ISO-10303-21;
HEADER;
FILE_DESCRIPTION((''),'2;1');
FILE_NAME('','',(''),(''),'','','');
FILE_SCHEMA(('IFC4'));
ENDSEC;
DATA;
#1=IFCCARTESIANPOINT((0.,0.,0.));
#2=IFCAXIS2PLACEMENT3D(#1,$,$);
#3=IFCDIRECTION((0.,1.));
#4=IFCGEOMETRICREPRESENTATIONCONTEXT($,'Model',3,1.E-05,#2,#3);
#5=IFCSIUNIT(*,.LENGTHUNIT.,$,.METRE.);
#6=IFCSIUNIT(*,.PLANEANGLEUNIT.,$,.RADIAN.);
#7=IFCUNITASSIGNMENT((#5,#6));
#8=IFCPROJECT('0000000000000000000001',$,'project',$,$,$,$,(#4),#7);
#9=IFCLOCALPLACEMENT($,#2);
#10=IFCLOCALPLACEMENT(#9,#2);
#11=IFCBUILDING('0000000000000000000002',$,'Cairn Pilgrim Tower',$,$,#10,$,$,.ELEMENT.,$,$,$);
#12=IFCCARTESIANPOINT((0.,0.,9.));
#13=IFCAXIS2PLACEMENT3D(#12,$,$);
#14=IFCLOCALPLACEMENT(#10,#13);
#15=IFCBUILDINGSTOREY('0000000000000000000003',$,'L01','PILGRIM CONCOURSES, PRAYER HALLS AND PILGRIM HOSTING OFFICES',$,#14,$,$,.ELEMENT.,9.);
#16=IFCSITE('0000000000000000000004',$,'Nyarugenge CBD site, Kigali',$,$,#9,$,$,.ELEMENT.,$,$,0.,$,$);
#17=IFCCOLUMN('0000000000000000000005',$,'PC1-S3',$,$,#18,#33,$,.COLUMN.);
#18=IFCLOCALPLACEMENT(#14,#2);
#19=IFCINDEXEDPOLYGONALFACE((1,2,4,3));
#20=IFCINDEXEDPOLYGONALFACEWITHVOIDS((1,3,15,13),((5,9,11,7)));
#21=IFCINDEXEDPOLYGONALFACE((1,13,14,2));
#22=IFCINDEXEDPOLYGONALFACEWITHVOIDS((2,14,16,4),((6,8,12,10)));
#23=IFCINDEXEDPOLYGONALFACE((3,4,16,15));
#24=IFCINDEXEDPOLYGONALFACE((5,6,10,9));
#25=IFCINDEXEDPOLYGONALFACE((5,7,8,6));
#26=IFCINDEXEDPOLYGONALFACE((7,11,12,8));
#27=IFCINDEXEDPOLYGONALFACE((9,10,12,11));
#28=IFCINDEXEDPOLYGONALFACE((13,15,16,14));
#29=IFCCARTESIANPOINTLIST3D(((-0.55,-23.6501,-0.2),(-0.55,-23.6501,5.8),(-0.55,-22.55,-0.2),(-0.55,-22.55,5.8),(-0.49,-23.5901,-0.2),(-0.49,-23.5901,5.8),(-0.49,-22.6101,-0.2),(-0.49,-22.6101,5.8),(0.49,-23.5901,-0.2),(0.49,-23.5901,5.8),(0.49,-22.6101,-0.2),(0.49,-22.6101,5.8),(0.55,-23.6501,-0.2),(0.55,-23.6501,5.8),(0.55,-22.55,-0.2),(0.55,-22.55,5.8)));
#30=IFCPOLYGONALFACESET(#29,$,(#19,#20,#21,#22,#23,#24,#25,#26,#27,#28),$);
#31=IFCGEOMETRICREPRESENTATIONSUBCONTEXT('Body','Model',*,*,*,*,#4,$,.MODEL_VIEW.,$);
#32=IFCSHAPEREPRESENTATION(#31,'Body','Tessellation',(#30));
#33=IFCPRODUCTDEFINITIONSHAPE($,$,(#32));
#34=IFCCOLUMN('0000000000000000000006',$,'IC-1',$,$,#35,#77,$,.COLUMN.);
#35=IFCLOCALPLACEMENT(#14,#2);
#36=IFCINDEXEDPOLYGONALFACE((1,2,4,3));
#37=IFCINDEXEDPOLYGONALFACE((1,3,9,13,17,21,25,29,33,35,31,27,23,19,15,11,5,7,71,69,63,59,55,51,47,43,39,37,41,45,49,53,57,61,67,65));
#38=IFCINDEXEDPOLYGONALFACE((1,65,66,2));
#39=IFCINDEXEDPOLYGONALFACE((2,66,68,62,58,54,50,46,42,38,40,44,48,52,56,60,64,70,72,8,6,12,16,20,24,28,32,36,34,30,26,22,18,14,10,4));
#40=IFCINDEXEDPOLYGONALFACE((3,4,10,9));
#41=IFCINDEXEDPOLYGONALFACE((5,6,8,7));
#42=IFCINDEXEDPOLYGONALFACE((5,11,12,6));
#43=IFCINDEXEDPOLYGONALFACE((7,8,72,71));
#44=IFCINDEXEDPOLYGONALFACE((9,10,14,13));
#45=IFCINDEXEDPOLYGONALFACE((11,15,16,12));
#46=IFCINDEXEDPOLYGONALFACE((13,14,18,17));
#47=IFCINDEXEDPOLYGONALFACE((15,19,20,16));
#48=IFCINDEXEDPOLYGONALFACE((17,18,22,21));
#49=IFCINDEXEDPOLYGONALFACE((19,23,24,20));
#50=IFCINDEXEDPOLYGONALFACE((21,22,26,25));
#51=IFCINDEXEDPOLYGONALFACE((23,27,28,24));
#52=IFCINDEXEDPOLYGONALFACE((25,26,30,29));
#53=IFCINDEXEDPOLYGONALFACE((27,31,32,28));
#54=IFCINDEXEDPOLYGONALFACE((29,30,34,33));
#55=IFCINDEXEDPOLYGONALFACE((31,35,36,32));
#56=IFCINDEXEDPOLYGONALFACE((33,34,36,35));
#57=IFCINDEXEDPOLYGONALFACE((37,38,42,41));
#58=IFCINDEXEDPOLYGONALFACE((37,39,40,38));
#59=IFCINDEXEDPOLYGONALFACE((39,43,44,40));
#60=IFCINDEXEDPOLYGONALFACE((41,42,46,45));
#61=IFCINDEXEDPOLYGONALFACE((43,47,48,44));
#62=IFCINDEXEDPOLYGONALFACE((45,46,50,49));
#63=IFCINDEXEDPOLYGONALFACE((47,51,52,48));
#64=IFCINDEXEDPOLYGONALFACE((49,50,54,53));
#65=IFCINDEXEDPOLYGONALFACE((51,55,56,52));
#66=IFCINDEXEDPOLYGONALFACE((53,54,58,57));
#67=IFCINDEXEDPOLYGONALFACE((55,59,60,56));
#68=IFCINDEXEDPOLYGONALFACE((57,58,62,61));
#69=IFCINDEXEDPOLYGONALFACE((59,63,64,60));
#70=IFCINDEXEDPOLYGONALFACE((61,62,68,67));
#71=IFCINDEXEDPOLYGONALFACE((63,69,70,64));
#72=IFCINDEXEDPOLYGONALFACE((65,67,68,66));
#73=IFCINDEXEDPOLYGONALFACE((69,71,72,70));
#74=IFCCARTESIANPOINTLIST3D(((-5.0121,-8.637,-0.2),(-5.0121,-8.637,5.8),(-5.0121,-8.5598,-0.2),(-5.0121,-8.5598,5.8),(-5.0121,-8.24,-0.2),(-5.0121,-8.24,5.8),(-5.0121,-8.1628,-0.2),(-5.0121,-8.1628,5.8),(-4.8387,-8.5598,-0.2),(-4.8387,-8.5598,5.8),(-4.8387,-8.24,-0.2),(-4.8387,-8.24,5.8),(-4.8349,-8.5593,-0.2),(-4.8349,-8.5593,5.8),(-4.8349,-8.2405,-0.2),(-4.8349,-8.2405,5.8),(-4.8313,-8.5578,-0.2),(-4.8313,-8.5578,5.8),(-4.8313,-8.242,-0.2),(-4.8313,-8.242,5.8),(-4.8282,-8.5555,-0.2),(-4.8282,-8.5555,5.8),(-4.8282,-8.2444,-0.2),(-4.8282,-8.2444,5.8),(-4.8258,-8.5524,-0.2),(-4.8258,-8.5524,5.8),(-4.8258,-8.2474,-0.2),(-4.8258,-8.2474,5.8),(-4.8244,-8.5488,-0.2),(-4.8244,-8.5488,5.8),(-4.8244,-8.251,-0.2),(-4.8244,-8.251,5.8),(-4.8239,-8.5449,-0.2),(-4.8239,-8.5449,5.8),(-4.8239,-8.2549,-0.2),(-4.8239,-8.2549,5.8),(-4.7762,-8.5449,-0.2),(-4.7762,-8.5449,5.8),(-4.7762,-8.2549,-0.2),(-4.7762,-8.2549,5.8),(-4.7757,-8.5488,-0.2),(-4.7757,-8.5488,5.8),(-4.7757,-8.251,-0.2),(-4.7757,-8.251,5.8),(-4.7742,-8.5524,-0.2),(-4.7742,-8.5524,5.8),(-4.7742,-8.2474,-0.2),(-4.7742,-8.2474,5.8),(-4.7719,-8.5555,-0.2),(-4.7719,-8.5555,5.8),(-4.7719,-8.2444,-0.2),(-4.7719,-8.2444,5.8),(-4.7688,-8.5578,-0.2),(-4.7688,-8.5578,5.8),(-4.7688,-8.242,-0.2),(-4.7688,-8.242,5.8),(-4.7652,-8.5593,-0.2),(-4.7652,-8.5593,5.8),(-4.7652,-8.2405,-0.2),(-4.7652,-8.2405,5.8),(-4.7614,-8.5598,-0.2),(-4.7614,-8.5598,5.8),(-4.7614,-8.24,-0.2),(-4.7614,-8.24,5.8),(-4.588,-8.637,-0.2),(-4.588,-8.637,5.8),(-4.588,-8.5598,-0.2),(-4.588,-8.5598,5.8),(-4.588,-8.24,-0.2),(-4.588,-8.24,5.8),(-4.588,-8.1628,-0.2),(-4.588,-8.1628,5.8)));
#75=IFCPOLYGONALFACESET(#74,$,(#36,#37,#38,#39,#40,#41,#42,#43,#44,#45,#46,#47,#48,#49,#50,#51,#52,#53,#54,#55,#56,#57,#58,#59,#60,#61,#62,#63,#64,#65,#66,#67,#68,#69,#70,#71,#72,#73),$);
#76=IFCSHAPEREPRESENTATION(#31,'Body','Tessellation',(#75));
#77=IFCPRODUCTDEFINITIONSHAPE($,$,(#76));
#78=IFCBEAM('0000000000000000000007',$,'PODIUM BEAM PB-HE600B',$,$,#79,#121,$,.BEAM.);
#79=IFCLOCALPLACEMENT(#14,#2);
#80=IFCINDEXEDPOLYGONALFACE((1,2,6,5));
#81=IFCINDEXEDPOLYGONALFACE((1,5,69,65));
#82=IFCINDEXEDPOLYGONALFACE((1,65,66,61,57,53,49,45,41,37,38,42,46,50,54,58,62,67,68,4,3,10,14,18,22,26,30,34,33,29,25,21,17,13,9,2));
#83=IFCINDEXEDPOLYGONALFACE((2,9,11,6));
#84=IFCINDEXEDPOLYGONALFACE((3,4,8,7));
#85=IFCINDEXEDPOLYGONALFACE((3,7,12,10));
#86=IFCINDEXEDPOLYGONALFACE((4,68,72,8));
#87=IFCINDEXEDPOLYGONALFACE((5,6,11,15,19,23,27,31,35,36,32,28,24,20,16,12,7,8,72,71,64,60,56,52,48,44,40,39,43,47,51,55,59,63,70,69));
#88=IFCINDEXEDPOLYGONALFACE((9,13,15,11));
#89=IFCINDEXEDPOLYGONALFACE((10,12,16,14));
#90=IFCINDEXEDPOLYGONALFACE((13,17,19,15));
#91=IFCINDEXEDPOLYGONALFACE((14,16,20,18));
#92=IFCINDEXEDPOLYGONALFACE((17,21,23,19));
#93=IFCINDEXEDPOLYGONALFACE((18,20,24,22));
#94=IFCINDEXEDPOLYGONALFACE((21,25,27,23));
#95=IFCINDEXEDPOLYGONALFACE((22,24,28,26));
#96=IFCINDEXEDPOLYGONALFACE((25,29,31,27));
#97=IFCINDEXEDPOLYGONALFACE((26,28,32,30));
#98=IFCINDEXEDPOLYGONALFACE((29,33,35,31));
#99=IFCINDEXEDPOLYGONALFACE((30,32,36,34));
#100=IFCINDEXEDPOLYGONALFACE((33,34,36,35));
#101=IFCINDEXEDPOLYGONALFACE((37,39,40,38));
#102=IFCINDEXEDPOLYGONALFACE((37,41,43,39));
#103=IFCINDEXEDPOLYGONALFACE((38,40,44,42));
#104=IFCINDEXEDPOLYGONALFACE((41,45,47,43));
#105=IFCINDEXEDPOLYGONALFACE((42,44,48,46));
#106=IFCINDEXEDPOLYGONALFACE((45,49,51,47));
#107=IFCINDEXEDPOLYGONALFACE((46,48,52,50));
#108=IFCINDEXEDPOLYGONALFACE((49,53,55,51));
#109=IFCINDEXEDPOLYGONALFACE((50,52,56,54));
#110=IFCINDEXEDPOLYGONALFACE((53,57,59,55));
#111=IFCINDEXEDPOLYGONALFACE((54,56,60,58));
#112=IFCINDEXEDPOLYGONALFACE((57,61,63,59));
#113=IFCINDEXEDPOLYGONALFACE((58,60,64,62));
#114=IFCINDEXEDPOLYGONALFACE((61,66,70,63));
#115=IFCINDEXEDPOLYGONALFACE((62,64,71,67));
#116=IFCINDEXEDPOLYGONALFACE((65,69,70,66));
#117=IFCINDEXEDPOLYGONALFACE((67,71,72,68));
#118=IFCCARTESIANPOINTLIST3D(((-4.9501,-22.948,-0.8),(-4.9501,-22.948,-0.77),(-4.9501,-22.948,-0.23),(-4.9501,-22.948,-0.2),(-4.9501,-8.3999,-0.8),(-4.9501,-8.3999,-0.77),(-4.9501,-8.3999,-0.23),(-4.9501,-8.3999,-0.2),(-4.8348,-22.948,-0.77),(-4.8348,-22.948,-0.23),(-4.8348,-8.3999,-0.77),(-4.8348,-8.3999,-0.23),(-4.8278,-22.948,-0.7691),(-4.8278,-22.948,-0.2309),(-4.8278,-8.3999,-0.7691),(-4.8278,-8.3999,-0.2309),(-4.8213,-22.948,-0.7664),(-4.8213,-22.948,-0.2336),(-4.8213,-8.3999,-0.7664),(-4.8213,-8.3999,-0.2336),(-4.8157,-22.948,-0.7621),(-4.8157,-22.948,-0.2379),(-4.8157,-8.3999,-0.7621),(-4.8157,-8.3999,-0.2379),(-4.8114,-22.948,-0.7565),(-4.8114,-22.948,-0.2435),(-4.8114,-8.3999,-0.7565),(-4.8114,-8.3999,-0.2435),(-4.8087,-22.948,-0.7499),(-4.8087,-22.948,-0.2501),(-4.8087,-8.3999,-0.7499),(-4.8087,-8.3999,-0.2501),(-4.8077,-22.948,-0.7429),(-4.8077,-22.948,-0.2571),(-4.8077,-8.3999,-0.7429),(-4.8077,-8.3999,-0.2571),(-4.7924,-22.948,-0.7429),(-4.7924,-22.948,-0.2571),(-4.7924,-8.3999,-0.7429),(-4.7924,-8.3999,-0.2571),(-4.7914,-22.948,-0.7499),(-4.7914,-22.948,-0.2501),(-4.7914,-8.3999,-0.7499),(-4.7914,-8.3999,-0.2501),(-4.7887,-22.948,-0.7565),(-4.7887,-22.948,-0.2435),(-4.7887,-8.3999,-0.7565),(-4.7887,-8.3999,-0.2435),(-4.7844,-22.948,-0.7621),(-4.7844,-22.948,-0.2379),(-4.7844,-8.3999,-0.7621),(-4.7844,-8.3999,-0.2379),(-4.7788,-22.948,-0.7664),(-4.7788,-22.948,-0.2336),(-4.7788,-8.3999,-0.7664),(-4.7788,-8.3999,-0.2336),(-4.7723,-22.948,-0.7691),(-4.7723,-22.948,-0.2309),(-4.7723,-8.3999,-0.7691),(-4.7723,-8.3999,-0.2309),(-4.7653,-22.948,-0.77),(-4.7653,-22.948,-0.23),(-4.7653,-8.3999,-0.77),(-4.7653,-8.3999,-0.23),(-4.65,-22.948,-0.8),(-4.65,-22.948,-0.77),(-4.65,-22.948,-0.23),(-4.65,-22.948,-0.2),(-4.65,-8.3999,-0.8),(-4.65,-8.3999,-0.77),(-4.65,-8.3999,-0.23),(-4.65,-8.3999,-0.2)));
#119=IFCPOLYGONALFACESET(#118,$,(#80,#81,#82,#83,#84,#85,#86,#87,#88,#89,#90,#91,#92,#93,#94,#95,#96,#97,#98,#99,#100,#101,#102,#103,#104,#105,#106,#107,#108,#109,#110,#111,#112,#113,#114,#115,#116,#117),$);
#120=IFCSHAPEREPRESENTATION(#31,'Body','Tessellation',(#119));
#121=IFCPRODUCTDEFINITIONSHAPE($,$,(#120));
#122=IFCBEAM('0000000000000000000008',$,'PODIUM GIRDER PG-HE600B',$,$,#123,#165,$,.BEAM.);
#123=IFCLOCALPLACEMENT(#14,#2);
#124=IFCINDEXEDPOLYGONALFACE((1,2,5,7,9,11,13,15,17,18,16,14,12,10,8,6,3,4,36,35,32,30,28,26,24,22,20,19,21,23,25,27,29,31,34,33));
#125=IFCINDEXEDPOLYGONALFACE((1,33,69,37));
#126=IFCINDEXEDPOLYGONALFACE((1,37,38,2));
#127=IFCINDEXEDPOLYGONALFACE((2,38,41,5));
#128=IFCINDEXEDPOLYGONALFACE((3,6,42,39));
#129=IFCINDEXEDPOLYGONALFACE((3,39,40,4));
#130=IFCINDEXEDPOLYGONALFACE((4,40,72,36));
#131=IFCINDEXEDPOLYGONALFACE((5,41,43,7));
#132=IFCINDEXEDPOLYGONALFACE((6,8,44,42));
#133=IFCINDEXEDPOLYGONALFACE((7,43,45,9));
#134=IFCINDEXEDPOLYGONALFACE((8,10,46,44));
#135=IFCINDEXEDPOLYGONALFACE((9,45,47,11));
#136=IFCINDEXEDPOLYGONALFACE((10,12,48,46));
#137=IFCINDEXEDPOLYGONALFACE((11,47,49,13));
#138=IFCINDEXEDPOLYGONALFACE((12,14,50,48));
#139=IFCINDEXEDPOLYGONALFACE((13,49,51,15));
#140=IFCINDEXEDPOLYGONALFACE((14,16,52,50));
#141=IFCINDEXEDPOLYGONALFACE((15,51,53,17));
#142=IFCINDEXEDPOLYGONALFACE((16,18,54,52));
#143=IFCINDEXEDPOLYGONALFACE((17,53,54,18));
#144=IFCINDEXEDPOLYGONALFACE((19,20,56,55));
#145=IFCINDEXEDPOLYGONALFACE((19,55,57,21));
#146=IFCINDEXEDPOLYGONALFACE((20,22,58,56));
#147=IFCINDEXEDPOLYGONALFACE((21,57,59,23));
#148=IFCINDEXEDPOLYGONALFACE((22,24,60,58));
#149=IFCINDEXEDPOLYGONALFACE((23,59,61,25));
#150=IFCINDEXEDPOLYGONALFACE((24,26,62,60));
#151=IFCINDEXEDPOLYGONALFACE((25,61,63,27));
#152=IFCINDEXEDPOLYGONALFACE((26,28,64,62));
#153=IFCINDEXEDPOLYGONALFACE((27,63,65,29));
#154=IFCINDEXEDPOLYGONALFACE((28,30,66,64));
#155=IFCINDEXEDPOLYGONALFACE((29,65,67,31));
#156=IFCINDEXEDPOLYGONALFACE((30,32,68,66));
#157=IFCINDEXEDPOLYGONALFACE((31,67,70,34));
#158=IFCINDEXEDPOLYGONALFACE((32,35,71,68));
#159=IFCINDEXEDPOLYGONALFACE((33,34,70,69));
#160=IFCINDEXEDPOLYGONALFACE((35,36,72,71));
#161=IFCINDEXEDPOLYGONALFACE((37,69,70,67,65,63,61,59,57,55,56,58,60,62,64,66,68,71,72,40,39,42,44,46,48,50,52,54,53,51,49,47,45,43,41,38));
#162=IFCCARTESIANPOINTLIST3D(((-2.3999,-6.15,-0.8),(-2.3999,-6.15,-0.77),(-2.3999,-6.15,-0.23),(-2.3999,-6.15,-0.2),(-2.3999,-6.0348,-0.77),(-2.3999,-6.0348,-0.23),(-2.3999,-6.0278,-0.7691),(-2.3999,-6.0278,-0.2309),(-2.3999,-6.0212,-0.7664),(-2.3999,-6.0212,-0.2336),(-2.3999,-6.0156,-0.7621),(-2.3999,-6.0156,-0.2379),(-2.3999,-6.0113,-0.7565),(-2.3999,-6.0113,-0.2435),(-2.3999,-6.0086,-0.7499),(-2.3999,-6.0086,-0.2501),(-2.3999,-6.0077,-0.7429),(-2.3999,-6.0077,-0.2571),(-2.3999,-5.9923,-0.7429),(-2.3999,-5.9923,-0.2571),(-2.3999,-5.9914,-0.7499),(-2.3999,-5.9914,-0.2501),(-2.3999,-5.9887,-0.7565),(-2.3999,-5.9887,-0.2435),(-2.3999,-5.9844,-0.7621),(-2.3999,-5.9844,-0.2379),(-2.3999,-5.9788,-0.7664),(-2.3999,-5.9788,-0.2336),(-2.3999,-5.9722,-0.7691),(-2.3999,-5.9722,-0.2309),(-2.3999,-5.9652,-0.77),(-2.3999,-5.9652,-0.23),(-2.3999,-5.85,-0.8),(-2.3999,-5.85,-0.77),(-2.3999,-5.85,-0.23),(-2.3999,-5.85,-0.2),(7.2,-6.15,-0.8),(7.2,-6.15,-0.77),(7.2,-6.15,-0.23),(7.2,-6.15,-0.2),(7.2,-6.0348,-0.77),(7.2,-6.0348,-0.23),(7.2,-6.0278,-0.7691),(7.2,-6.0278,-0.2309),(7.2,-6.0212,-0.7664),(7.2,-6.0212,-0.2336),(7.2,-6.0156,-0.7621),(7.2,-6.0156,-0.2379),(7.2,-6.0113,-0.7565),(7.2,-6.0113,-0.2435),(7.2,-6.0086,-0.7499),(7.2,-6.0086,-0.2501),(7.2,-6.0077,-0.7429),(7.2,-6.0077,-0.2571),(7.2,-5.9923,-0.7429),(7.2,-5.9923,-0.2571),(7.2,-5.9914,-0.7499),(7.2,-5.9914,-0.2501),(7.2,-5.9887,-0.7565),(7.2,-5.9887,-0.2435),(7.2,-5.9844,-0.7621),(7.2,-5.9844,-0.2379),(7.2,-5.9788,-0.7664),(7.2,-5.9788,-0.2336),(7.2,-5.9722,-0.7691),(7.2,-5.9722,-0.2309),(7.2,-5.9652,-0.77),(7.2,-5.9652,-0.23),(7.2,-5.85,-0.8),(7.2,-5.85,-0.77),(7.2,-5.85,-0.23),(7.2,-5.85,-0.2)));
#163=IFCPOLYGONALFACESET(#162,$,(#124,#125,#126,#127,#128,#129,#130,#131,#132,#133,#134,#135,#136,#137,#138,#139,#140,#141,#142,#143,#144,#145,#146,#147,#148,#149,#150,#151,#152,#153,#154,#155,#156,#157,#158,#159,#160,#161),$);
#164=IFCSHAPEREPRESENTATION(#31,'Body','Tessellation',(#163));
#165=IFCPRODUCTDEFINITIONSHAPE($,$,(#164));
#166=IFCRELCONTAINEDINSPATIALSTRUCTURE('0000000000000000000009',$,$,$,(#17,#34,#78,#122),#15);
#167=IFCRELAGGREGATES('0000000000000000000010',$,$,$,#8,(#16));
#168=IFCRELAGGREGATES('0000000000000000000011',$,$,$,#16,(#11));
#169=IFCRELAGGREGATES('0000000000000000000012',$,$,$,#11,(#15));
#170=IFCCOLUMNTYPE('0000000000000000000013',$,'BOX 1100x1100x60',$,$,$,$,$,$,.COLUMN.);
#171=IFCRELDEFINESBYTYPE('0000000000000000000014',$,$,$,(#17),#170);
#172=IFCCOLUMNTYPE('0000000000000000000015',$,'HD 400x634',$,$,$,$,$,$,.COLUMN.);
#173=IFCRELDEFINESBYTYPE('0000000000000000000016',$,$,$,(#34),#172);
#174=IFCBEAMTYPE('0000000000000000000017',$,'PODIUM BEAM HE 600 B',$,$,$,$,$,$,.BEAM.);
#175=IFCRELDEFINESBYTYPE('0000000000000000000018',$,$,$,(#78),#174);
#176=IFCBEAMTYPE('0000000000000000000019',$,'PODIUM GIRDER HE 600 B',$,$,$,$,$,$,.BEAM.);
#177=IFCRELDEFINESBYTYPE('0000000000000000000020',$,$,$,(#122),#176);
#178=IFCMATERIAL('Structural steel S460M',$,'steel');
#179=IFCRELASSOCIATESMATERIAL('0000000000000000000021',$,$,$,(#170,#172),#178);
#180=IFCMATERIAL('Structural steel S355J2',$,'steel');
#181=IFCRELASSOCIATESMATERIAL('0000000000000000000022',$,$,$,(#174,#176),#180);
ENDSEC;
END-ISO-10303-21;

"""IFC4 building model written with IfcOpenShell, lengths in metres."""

from ifc_helpers import new_model, si_unit, direction, frame, origin, origin_2d, place, context, subcontext, project, spatial, hollow_rectangle, i_section, extrude, material, material_profile, profile_set, type_object, element, save


model = new_model("IFC4")

# Units and contexts
model_context = context("Model", 3, precision=1e-05, world=origin(), true_north=direction((0.0, 1.0)))
body_context = subcontext(model_context, "Body", "Model", "MODEL_VIEW")
ifc_project = project(units=[si_unit("LENGTHUNIT", "METRE"), si_unit("PLANEANGLEUNIT", "RADIAN")], contexts=[model_context])

# Site, building, storey
site_placement = place(None, origin())
site = spatial("IfcSite", under=ifc_project, at=site_placement, Name="Nyarugenge CBD site, Kigali", CompositionType="ELEMENT", RefElevation=0.0)
building_placement = place(site_placement, origin())
building = spatial("IfcBuilding", under=site, at=building_placement, Name="Cairn Pilgrim Tower", CompositionType="ELEMENT")
storey_placement = place(building_placement, frame((0.0, 0.0, 9.0)))
storey = spatial("IfcBuildingStorey", under=building, at=storey_placement, Name="L01", Description="PILGRIM CONCOURSES, PRAYER HALLS AND PILGRIM HOSTING OFFICES", CompositionType="ELEMENT", Elevation=9.0)

# Columns
ifc_material_1 = material(Name="Structural steel S460M", Category="steel")
ifc_material_profile_1 = material_profile(ifc_material_1, hollow_rectangle(XDim=1.1001, YDim=1.1001, WallThickness=0.0601, at=origin_2d()), Name="BOX 1100x1100x60")
ifc_profile_set_1 = profile_set([ifc_material_profile_1], Name="Structural steel S460M")
column_type_1 = type_object("IfcColumnType", Name="BOX 1100x1100x60", PredefinedType="COLUMN", material=ifc_profile_set_1)
column_1_placement = place(storey_placement, frame((0.0, -23.1001, -0.2), z_axis=(0.0, 0.0, 1.0), x_axis=(1.0, 0.0, 0.0)))
element("IfcColumn", 1, at=column_1_placement, inside=storey, type_object=column_type_1, Name="PC1-S3", PredefinedType="COLUMN", context=body_context, shape_type="SweptSolid", body=[
    extrude(hollow_rectangle(XDim=1.1001, YDim=1.1001, WallThickness=0.0601, at=origin_2d()), origin(), (0.0, 0.0, 1.0), 6.0),
])
ifc_material_profile_2 = material_profile(ifc_material_1, i_section(OverallWidth=0.4241, OverallDepth=0.4741, WebThickness=0.0476, FlangeThickness=0.0771, FilletRadius=0.0149, at=origin_2d()), Name="HD 400x634")
ifc_profile_set_2 = profile_set([ifc_material_profile_2], Name="Structural steel S460M")
column_type_2 = type_object("IfcColumnType", Name="HD 400x634", PredefinedType="COLUMN", material=ifc_profile_set_2)
column_2_placement = place(storey_placement, frame((-4.8, -8.3999, -0.2), z_axis=(0.0, 0.0, 1.0), x_axis=(1.0, 0.0, 0.0)))
element("IfcColumn", 2, at=column_2_placement, inside=storey, type_object=column_type_2, Name="IC-1", PredefinedType="COLUMN", context=body_context, shape_type="SweptSolid", body=[
    extrude(i_section(OverallWidth=0.4241, OverallDepth=0.4741, WebThickness=0.0476, FlangeThickness=0.0771, FilletRadius=0.0149, at=origin_2d()), origin(), (0.0, 0.0, 1.0), 6.0),
])

# Beams
ifc_material_2 = material(Name="Structural steel S355J2", Category="steel")
ifc_material_profile_3 = material_profile(ifc_material_2, i_section(OverallWidth=0.3, OverallDepth=0.6001, WebThickness=0.0154, FlangeThickness=0.03, FilletRadius=0.0271, at=origin_2d()), Name="HEB 600")
ifc_profile_set_3 = profile_set([ifc_material_profile_3], Name="Structural steel S355J2")
beam_type_1 = type_object("IfcBeamType", Name="PODIUM BEAM HE 600 B", PredefinedType="BEAM", material=ifc_profile_set_3)
beam_1_placement = place(storey_placement, frame((-4.8, -22.948, -0.5), z_axis=(0.0, 1.0, 0.0), x_axis=(-1.0, 0.0, 0.0)))
element("IfcBeam", 3, at=beam_1_placement, inside=storey, type_object=beam_type_1, Name="PODIUM BEAM PB-HE600B", PredefinedType="BEAM", context=body_context, shape_type="SweptSolid", body=[
    extrude(i_section(OverallWidth=0.3, OverallDepth=0.6001, WebThickness=0.0154, FlangeThickness=0.03, FilletRadius=0.0271, at=origin_2d()), origin(), (0.0, 0.0, 1.0), 14.5481),
])
ifc_material_profile_4 = material_profile(ifc_material_2, i_section(OverallWidth=0.3, OverallDepth=0.6001, WebThickness=0.0154, FlangeThickness=0.03, FilletRadius=0.0271, at=origin_2d()), Name="HEB 600")
ifc_profile_set_4 = profile_set([ifc_material_profile_4], Name="Structural steel S355J2")
beam_type_2 = type_object("IfcBeamType", Name="PODIUM GIRDER HE 600 B", PredefinedType="BEAM", material=ifc_profile_set_4)
beam_2_placement = place(storey_placement, frame((-2.3999, -6.0, -0.5), z_axis=(1.0, 0.0, 0.0), x_axis=(0.0, 1.0, 0.0)))
element("IfcBeam", 4, at=beam_2_placement, inside=storey, type_object=beam_type_2, Name="PODIUM GIRDER PG-HE600B", PredefinedType="BEAM", context=body_context, shape_type="SweptSolid", body=[
    extrude(i_section(OverallWidth=0.3, OverallDepth=0.6001, WebThickness=0.0154, FlangeThickness=0.03, FilletRadius=0.0271, at=origin_2d()), origin(), (0.0, 0.0, 1.0), 9.5999),
])

save(model, "model.ifc")
